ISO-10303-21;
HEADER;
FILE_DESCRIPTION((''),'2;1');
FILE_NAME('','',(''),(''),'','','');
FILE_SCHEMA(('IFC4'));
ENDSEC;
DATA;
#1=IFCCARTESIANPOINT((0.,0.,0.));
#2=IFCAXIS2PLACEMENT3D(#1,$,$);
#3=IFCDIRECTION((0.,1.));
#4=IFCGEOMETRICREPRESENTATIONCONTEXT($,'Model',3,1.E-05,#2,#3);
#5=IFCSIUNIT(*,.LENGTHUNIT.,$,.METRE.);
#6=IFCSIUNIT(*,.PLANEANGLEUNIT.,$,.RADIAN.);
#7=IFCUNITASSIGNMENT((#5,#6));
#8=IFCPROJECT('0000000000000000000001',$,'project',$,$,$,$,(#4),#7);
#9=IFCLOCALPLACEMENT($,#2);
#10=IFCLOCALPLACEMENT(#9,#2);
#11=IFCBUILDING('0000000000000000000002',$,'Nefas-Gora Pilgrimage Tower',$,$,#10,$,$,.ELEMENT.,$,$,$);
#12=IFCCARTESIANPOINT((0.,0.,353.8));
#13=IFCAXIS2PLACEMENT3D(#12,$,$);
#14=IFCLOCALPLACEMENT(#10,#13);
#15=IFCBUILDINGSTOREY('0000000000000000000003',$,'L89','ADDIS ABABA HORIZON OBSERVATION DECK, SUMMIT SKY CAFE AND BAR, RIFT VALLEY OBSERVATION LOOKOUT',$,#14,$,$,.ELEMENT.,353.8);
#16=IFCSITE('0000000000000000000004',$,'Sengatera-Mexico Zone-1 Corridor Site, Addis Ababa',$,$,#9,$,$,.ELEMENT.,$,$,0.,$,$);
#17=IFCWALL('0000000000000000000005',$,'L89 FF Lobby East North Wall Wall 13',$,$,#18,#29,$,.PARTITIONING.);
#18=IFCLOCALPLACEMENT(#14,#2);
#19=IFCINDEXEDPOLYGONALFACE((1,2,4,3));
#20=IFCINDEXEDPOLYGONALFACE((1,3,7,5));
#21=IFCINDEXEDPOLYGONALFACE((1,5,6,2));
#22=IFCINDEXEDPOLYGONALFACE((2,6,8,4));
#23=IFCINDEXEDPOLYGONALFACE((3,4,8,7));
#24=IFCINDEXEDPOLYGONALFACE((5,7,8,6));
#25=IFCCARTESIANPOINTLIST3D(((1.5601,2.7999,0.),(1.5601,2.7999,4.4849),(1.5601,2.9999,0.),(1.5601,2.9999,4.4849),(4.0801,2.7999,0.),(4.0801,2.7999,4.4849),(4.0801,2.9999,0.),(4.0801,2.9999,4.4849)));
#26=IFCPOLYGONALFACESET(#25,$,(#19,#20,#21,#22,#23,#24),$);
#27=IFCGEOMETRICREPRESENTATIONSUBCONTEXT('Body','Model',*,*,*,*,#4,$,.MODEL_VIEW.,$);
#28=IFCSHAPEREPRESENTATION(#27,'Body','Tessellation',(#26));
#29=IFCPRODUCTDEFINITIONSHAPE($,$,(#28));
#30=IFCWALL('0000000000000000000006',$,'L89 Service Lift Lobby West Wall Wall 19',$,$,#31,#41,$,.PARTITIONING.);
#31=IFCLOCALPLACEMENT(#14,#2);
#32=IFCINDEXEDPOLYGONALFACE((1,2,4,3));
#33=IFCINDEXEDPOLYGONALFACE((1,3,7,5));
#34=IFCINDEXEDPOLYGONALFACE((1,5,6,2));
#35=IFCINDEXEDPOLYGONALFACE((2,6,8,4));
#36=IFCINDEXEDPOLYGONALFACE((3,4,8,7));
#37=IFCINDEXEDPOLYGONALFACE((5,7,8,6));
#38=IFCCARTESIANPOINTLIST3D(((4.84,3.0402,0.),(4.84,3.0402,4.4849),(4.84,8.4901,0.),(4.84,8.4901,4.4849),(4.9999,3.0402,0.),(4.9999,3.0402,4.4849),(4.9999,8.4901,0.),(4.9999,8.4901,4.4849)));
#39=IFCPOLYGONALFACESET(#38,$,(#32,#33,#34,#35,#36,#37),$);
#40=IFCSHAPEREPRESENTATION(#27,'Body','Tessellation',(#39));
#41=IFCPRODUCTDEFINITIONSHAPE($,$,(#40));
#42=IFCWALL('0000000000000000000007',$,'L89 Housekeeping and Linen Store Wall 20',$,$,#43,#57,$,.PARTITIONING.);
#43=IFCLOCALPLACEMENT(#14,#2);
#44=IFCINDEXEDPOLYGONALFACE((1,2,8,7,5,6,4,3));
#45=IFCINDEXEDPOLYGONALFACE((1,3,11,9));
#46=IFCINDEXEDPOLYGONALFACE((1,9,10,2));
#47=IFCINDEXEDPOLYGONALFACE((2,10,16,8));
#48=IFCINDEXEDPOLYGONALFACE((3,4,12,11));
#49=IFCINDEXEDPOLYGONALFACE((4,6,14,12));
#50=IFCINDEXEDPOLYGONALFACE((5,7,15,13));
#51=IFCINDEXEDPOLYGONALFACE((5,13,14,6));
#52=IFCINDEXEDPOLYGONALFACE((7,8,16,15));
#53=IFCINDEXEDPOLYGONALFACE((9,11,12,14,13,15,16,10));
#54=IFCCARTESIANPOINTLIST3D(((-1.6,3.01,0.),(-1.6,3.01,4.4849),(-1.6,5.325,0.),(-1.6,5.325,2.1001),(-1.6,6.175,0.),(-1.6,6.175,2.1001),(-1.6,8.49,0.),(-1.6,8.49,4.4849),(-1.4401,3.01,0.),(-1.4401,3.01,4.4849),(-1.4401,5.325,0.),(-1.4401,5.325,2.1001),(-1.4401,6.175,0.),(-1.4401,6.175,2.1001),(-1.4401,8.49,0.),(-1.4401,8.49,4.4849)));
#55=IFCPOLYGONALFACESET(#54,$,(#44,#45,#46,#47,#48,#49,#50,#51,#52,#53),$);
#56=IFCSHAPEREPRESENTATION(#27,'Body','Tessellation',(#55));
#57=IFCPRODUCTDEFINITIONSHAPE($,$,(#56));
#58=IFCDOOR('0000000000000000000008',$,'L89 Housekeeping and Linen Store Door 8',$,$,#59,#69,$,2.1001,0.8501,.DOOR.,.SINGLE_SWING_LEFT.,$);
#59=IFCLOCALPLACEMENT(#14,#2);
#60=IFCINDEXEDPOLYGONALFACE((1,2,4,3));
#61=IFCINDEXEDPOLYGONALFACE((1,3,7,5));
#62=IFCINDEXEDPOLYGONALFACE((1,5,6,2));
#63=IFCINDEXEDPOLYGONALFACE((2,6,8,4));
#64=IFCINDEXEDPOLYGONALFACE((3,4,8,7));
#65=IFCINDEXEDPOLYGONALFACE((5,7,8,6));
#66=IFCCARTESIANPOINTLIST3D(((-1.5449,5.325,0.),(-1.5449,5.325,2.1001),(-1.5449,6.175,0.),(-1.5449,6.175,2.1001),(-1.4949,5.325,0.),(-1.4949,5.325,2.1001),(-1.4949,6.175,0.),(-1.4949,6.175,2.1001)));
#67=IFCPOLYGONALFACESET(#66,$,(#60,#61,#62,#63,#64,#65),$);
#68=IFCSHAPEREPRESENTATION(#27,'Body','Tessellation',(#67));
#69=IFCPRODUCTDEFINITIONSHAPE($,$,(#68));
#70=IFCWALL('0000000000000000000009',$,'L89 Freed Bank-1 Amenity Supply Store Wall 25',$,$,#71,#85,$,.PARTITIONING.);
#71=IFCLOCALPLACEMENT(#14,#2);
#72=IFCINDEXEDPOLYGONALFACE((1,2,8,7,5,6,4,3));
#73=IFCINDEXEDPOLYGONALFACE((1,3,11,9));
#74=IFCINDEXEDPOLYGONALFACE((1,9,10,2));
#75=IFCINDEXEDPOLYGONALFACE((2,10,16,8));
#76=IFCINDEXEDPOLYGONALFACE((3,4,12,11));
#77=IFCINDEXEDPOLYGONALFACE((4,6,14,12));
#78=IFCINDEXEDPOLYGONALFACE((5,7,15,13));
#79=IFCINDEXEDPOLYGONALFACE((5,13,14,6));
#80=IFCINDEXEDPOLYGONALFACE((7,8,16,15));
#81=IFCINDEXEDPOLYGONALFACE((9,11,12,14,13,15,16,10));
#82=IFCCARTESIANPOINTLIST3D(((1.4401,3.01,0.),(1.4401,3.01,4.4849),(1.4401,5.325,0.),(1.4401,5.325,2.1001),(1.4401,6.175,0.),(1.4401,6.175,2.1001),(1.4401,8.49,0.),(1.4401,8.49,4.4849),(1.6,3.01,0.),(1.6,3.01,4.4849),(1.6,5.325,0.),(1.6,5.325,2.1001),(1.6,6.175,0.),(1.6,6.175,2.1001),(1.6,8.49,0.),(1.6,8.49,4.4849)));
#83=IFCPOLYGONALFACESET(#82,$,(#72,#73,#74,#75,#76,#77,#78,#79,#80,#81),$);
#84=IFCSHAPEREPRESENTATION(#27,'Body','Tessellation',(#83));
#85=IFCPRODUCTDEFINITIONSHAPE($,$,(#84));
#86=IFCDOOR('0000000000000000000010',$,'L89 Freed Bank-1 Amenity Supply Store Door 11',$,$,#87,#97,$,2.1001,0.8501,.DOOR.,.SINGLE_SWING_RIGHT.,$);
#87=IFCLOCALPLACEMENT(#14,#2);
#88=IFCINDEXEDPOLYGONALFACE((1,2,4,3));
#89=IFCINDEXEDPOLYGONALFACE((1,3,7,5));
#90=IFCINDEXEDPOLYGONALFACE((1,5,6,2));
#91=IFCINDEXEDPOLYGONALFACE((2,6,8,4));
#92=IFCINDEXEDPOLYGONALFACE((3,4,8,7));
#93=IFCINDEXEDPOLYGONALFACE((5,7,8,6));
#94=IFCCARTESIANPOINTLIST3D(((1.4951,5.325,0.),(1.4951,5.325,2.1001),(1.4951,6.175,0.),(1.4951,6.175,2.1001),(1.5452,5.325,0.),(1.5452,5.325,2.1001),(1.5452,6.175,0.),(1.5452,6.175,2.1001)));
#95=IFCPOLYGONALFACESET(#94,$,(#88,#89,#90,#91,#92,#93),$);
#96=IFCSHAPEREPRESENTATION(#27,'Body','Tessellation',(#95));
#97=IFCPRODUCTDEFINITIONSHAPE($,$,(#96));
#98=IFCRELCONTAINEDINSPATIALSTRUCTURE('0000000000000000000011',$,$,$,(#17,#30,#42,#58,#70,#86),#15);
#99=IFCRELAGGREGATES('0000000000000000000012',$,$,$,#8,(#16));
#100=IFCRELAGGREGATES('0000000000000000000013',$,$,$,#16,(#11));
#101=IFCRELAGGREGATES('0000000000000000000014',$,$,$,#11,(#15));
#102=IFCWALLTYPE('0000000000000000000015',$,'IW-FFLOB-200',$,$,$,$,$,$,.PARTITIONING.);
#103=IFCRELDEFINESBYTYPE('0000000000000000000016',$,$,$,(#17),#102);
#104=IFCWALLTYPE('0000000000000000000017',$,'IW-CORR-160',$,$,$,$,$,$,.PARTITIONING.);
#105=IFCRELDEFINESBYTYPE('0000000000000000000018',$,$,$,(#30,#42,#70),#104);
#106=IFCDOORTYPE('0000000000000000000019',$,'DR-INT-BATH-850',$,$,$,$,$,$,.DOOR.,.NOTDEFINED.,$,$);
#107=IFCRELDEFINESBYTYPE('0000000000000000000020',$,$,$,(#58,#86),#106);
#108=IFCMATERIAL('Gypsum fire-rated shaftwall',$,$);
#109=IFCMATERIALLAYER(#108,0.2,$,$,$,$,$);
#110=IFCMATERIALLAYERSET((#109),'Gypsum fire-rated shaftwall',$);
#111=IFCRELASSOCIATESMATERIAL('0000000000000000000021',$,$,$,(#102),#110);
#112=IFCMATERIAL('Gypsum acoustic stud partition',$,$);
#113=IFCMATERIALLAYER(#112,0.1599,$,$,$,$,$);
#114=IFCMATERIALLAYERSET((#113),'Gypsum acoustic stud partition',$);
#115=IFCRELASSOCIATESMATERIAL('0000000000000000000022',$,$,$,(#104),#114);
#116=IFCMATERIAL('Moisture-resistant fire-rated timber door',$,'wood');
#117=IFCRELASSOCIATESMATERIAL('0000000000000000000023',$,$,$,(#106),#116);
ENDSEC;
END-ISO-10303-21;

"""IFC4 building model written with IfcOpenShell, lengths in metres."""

from ifc_helpers import new_model, si_unit, direction, frame, frame_2d, origin, place, context, subcontext, project, spatial, rectangle, extrude, source, transform, mapped, material, layer, layer_set, type_object, element, fill, save


model = new_model("IFC4")

# Units and contexts
model_context = context("Model", 3, precision=1e-05, world=origin(), true_north=direction((0.0, 1.0)))
body_context = subcontext(model_context, "Body", "Model", "MODEL_VIEW")
ifc_project = project(units=[si_unit("LENGTHUNIT", "METRE"), si_unit("PLANEANGLEUNIT", "RADIAN")], contexts=[model_context])

# Site, building, storey
site_placement = place(None, origin())
site = spatial("IfcSite", under=ifc_project, at=site_placement, Name="Sengatera-Mexico Zone-1 Corridor Site, Addis Ababa", CompositionType="ELEMENT", RefElevation=0.0)
building_placement = place(site_placement, origin())
building = spatial("IfcBuilding", under=site, at=building_placement, Name="Nefas-Gora Pilgrimage Tower", CompositionType="ELEMENT")
storey_placement = place(building_placement, frame((0.0, 0.0, 353.8)))
storey = spatial("IfcBuildingStorey", under=building, at=storey_placement, Name="L89", Description="ADDIS ABABA HORIZON OBSERVATION DECK, SUMMIT SKY CAFE AND BAR, RIFT VALLEY OBSERVATION LOOKOUT", CompositionType="ELEMENT", Elevation=353.8)

# Wall
ifc_material_1 = material(Name="Gypsum fire-rated shaftwall")
ifc_layer_1 = layer(ifc_material_1, 0.2)
ifc_layer_set_1 = layer_set([ifc_layer_1], Name="Gypsum fire-rated shaftwall")
wall_type_1 = type_object("IfcWallType", Name="IW-FFLOB-200", PredefinedType="PARTITIONING", material=ifc_layer_set_1)
shared_shape_1 = source(origin(), body_context, "Body", "SweptSolid", [
    extrude(rectangle(XDim=2.52, YDim=0.2, at=frame_2d((1.26, 0.0))), origin(), (0.0, 0.0, 1.0), 4.4849),
])
wall_1_placement = place(storey_placement, frame((1.5601, 2.8999, 0.0), z_axis=(0.0, 0.0, 1.0), x_axis=(1.0, 0.0, 0.0)))
element("IfcWall", 1, at=wall_1_placement, inside=storey, type_object=wall_type_1, Name="L89 FF Lobby East North Wall Wall 13", PredefinedType="PARTITIONING", context=body_context, shape_type="MappedRepresentation", body=[
    mapped(shared_shape_1, transform((0.0, 0.0, 0.0), x_axis=(1.0, 0.0, 0.0), y_axis=(0.0, 1.0, 0.0), z_axis=(0.0, 0.0, 1.0), scale=1.0)),
])

# Wall
ifc_material_2 = material(Name="Gypsum acoustic stud partition")
ifc_layer_2 = layer(ifc_material_2, 0.1599)
ifc_layer_set_2 = layer_set([ifc_layer_2], Name="Gypsum acoustic stud partition")
wall_type_2 = type_object("IfcWallType", Name="IW-CORR-160", PredefinedType="PARTITIONING", material=ifc_layer_set_2)
shared_shape_2 = source(origin(), body_context, "Body", "SweptSolid", [
    extrude(rectangle(XDim=5.45, YDim=0.1599, at=frame_2d((2.7251, 0.0))), origin(), (0.0, 0.0, 1.0), 4.4849),
])
wall_2_placement = place(storey_placement, frame((4.9199, 3.04, 0.0), z_axis=(0.0, 0.0, 1.0), x_axis=(0.0, 1.0, 0.0)))
element("IfcWall", 2, at=wall_2_placement, inside=storey, type_object=wall_type_2, Name="L89 Service Lift Lobby West Wall Wall 19", PredefinedType="PARTITIONING", context=body_context, shape_type="MappedRepresentation", body=[
    mapped(shared_shape_2, transform((0.0, 0.0, 0.0), x_axis=(1.0, 0.0, 0.0), y_axis=(0.0, 1.0, 0.0), z_axis=(0.0, 0.0, 1.0), scale=1.0)),
])

# Walls, openings, doors
shared_shape_3 = source(origin(), body_context, "Body", "SweptSolid", [
    extrude(rectangle(XDim=5.48, YDim=0.1599, at=frame_2d((2.74, 0.0))), origin(), (0.0, 0.0, 1.0), 4.4849),
])
wall_3_placement = place(storey_placement, frame((-1.52, 3.01, 0.0), z_axis=(0.0, 0.0, 1.0), x_axis=(0.0, 1.0, 0.0)))
wall_3 = element("IfcWall", 3, at=wall_3_placement, inside=storey, type_object=wall_type_2, Name="L89 Housekeeping and Linen Store Wall 20", PredefinedType="PARTITIONING", context=body_context, shape_type="MappedRepresentation", body=[
    mapped(shared_shape_3, transform((0.0, 0.0, 0.0), x_axis=(1.0, 0.0, 0.0), y_axis=(0.0, 1.0, 0.0), z_axis=(0.0, 0.0, 1.0), scale=1.0)),
])
opening_1_placement = place(wall_3_placement, frame((2.3149, 0.0, 0.0)))
opening_1 = element("IfcOpeningElement", 4, at=opening_1_placement, cuts=wall_3, PredefinedType="OPENING", context=body_context, shape_type="SweptSolid", body=[
    extrude(rectangle(XDim=0.8501, YDim=2.1001, at=frame_2d((0.425, 1.05))), frame((0.0, 0.0898, 0.0), z_axis=(0.0, -1.0, 0.0), x_axis=(1.0, 0.0, 0.0)), (0.0, 0.0, 1.0), 0.1799),
])
ifc_material_3 = material(Name="Moisture-resistant fire-rated timber door", Category="wood")
door_type_1 = type_object("IfcDoorType", Name="DR-INT-BATH-850", OperationType="NOTDEFINED", PredefinedType="DOOR", material=ifc_material_3)
shared_shape_4 = source(origin(), body_context, "Body", "SweptSolid", [
    extrude(rectangle(XDim=0.8501, YDim=2.1001, at=frame_2d((0.425, 1.05))), frame((0.0, 0.0249, 0.0), z_axis=(0.0, -1.0, 0.0), x_axis=(1.0, 0.0, 0.0)), (0.0, 0.0, 1.0), 0.05),
])
door_1_placement = place(opening_1_placement, origin())
door_1 = element("IfcDoor", 5, at=door_1_placement, inside=storey, type_object=door_type_1, Name="L89 Housekeeping and Linen Store Door 8", OperationType="SINGLE_SWING_LEFT", OverallHeight=2.1001, OverallWidth=0.8501, PredefinedType="DOOR", context=body_context, shape_type="MappedRepresentation", body=[
    mapped(shared_shape_4, transform((0.0, 0.0, 0.0), x_axis=(1.0, 0.0, 0.0), y_axis=(0.0, 1.0, 0.0), z_axis=(0.0, 0.0, 1.0), scale=1.0)),
])
fill(opening_1, door_1)
wall_4_placement = place(storey_placement, frame((1.52, 3.01, 0.0), z_axis=(0.0, 0.0, 1.0), x_axis=(0.0, 1.0, 0.0)))
wall_4 = element("IfcWall", 6, at=wall_4_placement, inside=storey, type_object=wall_type_2, Name="L89 Freed Bank-1 Amenity Supply Store Wall 25", PredefinedType="PARTITIONING", context=body_context, shape_type="MappedRepresentation", body=[
    mapped(shared_shape_3, transform((0.0, 0.0, 0.0), x_axis=(1.0, 0.0, 0.0), y_axis=(0.0, 1.0, 0.0), z_axis=(0.0, 0.0, 1.0), scale=1.0)),
])
opening_2_placement = place(wall_4_placement, frame((2.3149, 0.0, 0.0)))
opening_2 = element("IfcOpeningElement", 7, at=opening_2_placement, cuts=wall_4, PredefinedType="OPENING", context=body_context, shape_type="SweptSolid", body=[
    extrude(rectangle(XDim=0.8501, YDim=2.1001, at=frame_2d((0.425, 1.05))), frame((0.0, 0.0898, 0.0), z_axis=(0.0, -1.0, 0.0), x_axis=(1.0, 0.0, 0.0)), (0.0, 0.0, 1.0), 0.1799),
])
door_2_placement = place(opening_2_placement, origin())
door_2 = element("IfcDoor", 8, at=door_2_placement, inside=storey, type_object=door_type_1, Name="L89 Freed Bank-1 Amenity Supply Store Door 11", OperationType="SINGLE_SWING_RIGHT", OverallHeight=2.1001, OverallWidth=0.8501, PredefinedType="DOOR", context=body_context, shape_type="MappedRepresentation", body=[
    mapped(shared_shape_4, transform((0.0, 0.0, 0.0), x_axis=(1.0, 0.0, 0.0), y_axis=(0.0, 1.0, 0.0), z_axis=(0.0, 0.0, 1.0), scale=1.0)),
])
fill(opening_2, door_2)

save(model, "model.ifc")
